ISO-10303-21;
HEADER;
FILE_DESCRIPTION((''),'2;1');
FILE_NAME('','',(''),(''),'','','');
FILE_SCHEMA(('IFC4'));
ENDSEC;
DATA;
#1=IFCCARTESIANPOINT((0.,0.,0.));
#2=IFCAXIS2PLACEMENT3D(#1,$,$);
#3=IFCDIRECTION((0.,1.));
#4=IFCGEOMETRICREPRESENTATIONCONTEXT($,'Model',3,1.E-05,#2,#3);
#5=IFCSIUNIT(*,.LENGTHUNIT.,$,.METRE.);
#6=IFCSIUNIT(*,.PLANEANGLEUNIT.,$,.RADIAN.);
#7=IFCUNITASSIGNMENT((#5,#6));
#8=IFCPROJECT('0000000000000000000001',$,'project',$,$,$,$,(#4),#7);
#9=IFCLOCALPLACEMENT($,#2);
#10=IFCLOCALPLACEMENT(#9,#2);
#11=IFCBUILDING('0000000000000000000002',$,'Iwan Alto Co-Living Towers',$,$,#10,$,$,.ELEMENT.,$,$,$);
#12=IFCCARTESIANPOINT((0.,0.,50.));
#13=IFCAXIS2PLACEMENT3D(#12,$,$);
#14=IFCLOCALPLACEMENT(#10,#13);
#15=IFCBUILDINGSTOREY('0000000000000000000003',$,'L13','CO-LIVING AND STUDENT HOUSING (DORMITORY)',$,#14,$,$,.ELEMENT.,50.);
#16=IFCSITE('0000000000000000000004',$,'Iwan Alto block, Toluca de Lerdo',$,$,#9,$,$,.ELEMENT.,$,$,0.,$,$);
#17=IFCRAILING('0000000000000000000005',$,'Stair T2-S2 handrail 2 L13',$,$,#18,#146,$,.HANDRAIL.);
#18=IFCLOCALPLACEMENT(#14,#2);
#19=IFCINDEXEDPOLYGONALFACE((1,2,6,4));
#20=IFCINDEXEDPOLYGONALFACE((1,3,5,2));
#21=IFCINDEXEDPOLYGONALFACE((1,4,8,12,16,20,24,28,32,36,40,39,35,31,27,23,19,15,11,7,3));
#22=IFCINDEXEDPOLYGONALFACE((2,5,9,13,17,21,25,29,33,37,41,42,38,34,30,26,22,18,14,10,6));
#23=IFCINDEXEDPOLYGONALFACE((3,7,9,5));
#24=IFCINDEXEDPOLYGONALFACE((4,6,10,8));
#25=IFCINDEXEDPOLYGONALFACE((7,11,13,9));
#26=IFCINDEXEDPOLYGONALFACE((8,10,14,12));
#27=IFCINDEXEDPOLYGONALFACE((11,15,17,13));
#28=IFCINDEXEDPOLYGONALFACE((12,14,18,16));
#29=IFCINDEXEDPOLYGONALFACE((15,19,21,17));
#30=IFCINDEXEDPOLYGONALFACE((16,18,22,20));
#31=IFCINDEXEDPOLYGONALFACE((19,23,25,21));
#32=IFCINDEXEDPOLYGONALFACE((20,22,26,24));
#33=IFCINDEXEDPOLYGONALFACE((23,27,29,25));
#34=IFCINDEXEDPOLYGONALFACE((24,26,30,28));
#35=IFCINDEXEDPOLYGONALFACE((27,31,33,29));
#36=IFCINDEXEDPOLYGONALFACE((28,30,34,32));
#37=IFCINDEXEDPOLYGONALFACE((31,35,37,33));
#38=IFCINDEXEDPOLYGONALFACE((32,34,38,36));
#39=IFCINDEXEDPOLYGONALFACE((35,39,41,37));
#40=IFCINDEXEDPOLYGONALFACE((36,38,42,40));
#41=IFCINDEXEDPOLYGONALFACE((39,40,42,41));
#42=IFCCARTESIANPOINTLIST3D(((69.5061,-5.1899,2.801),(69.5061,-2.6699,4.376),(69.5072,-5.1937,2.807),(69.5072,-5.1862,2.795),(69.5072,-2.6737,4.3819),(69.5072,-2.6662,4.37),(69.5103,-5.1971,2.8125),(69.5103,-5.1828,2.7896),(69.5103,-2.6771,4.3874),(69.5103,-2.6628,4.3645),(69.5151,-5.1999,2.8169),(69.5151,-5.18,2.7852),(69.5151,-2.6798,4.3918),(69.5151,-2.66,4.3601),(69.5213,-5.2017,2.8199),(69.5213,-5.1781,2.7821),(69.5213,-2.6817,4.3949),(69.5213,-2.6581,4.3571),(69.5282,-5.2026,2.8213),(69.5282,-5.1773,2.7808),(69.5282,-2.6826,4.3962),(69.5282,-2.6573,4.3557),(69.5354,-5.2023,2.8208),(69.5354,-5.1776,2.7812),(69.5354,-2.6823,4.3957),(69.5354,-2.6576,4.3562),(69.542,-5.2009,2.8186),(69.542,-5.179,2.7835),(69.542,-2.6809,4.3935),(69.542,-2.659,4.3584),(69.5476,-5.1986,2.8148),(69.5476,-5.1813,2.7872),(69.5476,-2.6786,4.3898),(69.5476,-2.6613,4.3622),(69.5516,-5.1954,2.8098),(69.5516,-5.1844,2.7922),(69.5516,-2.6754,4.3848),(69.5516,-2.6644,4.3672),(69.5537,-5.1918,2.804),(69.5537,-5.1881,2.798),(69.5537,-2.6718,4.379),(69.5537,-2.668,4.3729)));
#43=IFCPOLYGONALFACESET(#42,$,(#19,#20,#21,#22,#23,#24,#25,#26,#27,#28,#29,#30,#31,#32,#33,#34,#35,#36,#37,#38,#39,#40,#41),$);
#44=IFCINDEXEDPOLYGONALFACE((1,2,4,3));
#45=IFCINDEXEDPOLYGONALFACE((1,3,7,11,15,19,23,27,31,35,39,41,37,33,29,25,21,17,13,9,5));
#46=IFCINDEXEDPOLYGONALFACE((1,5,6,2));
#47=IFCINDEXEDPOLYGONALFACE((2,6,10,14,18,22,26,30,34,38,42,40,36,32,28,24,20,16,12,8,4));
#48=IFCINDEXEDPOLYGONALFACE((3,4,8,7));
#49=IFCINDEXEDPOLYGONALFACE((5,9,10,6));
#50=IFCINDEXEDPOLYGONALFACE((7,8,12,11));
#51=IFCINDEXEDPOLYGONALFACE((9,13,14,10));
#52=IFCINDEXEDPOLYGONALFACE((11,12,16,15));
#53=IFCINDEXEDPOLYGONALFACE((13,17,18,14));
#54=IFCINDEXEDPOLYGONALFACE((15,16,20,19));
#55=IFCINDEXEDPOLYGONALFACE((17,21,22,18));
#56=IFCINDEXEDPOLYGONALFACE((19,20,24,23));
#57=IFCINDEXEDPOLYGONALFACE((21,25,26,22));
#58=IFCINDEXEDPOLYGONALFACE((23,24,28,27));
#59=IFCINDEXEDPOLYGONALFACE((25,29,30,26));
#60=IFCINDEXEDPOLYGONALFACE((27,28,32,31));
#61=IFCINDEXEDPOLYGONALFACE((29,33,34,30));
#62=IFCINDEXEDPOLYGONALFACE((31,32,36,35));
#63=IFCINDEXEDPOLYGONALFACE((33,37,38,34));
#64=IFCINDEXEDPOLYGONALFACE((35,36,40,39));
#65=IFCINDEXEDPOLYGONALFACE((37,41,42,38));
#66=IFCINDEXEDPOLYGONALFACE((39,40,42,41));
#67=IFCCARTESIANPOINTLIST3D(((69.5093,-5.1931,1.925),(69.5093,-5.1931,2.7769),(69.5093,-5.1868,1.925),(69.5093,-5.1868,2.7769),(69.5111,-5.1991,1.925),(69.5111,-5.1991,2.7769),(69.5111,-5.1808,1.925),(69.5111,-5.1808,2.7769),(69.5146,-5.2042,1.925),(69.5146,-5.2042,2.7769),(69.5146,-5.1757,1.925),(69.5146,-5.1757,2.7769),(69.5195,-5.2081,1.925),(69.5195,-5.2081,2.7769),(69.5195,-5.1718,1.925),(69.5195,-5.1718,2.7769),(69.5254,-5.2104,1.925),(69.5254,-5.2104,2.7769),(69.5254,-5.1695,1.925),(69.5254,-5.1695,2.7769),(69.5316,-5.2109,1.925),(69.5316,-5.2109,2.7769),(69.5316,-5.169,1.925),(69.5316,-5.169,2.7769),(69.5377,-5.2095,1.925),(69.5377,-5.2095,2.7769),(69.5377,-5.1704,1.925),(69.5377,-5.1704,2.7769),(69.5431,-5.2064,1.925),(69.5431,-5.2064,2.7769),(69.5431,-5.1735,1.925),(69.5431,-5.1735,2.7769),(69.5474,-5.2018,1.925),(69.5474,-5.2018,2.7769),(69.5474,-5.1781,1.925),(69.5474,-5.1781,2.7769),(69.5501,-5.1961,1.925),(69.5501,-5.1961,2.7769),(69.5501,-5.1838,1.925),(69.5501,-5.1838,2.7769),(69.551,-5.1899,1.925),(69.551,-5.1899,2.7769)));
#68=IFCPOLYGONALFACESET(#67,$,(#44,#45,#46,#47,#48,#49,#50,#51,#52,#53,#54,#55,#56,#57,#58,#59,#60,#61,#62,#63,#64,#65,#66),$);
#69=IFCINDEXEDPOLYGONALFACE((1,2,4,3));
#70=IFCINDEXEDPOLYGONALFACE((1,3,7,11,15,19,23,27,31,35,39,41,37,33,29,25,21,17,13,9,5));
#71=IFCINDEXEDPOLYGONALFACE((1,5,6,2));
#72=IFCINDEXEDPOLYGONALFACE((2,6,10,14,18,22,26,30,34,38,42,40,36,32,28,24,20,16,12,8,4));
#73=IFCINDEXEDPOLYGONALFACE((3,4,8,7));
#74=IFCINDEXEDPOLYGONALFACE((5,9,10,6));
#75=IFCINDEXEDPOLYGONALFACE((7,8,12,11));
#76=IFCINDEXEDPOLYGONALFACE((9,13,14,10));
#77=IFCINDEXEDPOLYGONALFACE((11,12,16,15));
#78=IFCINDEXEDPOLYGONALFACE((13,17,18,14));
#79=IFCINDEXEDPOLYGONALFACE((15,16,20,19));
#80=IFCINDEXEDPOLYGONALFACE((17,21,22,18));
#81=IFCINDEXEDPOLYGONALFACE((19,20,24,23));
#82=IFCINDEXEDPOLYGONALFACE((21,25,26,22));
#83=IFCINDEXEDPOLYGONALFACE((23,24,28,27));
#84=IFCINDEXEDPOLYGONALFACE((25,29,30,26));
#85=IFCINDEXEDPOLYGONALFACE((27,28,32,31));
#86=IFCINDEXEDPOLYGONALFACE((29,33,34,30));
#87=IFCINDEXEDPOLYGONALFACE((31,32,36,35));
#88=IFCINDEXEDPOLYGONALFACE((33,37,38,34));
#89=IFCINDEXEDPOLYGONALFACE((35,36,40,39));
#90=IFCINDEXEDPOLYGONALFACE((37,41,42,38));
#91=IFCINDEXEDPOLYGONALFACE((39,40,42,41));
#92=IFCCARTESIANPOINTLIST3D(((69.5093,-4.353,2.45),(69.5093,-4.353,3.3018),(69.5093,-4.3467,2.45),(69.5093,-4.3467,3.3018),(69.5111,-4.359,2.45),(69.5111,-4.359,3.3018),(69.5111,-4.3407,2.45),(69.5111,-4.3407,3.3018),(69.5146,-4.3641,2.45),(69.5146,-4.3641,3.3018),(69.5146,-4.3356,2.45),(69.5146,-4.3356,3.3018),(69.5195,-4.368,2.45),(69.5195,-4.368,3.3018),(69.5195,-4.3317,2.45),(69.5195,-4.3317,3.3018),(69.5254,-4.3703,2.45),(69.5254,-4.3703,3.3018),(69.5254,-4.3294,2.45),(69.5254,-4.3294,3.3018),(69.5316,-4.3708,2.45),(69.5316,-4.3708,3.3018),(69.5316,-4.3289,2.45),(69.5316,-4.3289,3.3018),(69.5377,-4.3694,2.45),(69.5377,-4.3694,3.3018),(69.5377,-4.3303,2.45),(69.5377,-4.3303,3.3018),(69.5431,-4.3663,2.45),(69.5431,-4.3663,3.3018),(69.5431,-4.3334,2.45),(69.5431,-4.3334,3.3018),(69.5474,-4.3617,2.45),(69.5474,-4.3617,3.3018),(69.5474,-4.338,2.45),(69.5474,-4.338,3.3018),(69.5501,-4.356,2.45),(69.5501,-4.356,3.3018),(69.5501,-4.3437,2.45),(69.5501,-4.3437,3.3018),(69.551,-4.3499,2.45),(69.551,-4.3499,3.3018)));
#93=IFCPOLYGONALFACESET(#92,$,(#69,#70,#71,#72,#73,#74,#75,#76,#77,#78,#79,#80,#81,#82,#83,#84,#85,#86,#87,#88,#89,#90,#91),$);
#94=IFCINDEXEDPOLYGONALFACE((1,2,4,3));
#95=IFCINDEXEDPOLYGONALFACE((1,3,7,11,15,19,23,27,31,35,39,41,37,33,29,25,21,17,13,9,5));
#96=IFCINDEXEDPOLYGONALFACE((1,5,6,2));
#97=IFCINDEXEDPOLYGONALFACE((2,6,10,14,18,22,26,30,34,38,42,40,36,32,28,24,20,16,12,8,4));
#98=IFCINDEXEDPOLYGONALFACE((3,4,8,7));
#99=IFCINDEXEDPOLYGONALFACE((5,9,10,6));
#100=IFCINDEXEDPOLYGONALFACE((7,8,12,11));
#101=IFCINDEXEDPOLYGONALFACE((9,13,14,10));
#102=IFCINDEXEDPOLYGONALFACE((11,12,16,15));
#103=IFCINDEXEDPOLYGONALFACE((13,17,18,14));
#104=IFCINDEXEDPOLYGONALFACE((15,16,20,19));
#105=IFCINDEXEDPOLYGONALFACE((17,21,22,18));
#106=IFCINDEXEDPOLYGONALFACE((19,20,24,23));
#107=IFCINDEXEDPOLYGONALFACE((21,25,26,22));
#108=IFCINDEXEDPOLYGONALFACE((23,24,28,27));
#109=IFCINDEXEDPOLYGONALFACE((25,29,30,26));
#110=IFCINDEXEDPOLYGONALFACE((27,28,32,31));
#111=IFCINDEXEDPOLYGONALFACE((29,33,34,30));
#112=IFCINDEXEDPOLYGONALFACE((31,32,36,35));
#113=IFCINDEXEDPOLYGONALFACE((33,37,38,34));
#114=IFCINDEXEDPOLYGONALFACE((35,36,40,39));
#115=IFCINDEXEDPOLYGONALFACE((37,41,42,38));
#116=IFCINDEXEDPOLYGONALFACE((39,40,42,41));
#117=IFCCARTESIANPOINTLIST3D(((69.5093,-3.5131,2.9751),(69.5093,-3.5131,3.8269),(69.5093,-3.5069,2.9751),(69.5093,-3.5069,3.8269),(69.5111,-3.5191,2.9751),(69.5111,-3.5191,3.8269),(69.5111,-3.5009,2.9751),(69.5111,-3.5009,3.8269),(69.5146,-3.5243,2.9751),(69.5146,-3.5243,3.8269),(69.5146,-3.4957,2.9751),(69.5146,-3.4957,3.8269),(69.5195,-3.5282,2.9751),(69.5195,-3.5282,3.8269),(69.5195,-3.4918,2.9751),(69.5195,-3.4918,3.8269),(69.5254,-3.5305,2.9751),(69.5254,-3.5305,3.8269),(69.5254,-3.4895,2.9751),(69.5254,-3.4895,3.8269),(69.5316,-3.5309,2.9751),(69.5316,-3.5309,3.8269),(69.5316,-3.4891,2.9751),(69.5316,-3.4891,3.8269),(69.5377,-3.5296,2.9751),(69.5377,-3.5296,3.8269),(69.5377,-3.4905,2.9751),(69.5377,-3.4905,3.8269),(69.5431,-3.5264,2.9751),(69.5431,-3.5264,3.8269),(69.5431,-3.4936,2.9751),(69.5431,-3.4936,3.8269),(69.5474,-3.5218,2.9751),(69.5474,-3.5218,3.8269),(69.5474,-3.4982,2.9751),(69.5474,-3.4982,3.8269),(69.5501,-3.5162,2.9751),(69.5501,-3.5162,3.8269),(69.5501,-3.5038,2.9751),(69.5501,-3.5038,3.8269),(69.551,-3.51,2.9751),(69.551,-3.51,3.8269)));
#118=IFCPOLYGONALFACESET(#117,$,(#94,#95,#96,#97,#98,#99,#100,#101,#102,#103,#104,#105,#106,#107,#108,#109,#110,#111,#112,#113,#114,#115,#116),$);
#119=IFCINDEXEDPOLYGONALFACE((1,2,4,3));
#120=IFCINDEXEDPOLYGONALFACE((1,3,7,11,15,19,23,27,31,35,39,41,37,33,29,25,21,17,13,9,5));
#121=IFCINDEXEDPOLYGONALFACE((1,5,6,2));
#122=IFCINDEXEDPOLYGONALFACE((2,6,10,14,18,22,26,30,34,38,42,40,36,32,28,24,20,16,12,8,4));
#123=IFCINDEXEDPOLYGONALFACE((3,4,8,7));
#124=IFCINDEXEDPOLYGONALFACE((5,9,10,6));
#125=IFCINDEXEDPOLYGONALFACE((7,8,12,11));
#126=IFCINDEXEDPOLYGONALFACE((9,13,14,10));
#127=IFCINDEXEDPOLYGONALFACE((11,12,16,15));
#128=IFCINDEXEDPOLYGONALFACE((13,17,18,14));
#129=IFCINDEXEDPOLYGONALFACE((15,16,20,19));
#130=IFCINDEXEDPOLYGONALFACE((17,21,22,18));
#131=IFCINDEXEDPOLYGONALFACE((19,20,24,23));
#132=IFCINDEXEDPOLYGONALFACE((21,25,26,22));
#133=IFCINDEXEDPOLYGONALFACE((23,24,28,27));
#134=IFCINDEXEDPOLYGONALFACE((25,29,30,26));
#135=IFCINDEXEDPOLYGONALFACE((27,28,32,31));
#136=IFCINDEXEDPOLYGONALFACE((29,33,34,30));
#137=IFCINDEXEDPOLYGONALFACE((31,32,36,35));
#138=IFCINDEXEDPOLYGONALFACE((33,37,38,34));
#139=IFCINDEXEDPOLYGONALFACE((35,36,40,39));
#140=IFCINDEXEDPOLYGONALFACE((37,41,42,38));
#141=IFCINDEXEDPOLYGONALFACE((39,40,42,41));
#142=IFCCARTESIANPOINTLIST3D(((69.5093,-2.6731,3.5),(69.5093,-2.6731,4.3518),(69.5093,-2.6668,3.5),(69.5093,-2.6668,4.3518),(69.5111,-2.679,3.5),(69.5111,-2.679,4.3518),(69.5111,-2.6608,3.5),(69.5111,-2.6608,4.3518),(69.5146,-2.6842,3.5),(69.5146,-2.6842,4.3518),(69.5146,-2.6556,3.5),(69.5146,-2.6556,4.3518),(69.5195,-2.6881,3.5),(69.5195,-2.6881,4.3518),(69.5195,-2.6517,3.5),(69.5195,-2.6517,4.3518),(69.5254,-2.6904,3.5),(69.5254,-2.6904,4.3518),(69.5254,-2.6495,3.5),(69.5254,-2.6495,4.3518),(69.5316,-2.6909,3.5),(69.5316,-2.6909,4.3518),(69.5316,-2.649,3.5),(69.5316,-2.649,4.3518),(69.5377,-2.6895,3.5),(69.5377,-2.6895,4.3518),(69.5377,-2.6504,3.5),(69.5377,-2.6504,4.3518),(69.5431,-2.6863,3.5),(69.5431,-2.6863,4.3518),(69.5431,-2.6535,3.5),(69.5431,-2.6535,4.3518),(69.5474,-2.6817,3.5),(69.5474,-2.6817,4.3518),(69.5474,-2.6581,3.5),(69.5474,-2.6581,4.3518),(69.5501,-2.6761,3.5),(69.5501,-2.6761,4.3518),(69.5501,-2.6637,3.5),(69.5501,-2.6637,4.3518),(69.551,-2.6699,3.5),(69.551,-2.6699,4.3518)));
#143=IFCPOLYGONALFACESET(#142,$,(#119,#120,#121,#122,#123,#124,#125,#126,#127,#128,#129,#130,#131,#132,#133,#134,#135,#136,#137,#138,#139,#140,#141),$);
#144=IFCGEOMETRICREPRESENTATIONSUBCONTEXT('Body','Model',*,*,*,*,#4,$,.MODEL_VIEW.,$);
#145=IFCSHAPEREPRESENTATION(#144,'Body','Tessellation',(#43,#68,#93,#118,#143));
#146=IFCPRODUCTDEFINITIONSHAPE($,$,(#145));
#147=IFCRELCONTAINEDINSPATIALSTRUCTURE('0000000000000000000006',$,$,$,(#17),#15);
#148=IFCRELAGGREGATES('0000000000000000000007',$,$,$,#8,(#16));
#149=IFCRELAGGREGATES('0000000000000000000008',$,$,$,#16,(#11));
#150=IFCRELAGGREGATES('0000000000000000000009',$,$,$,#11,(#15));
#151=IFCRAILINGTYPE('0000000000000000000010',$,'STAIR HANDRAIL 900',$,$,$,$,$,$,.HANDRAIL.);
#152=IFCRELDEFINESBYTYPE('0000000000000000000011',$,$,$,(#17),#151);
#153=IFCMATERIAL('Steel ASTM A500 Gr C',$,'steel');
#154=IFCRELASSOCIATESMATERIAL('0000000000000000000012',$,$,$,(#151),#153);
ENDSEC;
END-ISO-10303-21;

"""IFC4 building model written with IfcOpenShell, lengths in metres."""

from ifc_helpers import new_model, si_unit, direction, frame, origin, origin_2d, place, context, subcontext, project, spatial, circle, extrude, material, type_object, element, save


model = new_model("IFC4")

# Units and contexts
model_context = context("Model", 3, precision=1e-05, world=origin(), true_north=direction((0.0, 1.0)))
body_context = subcontext(model_context, "Body", "Model", "MODEL_VIEW")
ifc_project = project(units=[si_unit("LENGTHUNIT", "METRE"), si_unit("PLANEANGLEUNIT", "RADIAN")], contexts=[model_context])

# Site, building, storey
site_placement = place(None, origin())
site = spatial("IfcSite", under=ifc_project, at=site_placement, Name="Iwan Alto block, Toluca de Lerdo", CompositionType="ELEMENT", RefElevation=0.0)
building_placement = place(site_placement, origin())
building = spatial("IfcBuilding", under=site, at=building_placement, Name="Iwan Alto Co-Living Towers", CompositionType="ELEMENT")
storey_placement = place(building_placement, frame((0.0, 0.0, 50.0)))
storey = spatial("IfcBuildingStorey", under=building, at=storey_placement, Name="L13", Description="CO-LIVING AND STUDENT HOUSING (DORMITORY)", CompositionType="ELEMENT", Elevation=50.0)

# Railing
ifc_material_1 = material(Name="Steel ASTM A500 Gr C", Category="steel")
railing_type_1 = type_object("IfcRailingType", Name="STAIR HANDRAIL 900", PredefinedType="HANDRAIL", material=ifc_material_1)
railing_1_placement = place(storey_placement, frame((69.53, -5.1899, 1.925)))
element("IfcRailing", 1, at=railing_1_placement, inside=storey, type_object=railing_type_1, Name="Stair T2-S2 handrail 2 L13", PredefinedType="HANDRAIL", context=body_context, shape_type="SweptSolid", body=[
    extrude(circle(Radius=0.0239, at=origin_2d()), frame((0.0, 0.0, 0.876), z_axis=(0.0, 0.848008, 0.529984), x_axis=(-1.0, 0.0, 0.0)), (0.0, 0.0, 1.0), 2.9717),
    extrude(circle(Radius=0.021, at=origin_2d()), origin(), (0.0, 0.0, 1.0), 0.8518),
    extrude(circle(Radius=0.021, at=origin_2d()), frame((0.0, 0.8401, 0.5249)), (0.0, 0.0, 1.0), 0.8518),
    extrude(circle(Radius=0.021, at=origin_2d()), frame((0.0, 1.6799, 1.05)), (0.0, 0.0, 1.0), 0.8518),
    extrude(circle(Radius=0.021, at=origin_2d()), frame((0.0, 2.52, 1.575)), (0.0, 0.0, 1.0), 0.8518),
])

save(model, "model.ifc")
